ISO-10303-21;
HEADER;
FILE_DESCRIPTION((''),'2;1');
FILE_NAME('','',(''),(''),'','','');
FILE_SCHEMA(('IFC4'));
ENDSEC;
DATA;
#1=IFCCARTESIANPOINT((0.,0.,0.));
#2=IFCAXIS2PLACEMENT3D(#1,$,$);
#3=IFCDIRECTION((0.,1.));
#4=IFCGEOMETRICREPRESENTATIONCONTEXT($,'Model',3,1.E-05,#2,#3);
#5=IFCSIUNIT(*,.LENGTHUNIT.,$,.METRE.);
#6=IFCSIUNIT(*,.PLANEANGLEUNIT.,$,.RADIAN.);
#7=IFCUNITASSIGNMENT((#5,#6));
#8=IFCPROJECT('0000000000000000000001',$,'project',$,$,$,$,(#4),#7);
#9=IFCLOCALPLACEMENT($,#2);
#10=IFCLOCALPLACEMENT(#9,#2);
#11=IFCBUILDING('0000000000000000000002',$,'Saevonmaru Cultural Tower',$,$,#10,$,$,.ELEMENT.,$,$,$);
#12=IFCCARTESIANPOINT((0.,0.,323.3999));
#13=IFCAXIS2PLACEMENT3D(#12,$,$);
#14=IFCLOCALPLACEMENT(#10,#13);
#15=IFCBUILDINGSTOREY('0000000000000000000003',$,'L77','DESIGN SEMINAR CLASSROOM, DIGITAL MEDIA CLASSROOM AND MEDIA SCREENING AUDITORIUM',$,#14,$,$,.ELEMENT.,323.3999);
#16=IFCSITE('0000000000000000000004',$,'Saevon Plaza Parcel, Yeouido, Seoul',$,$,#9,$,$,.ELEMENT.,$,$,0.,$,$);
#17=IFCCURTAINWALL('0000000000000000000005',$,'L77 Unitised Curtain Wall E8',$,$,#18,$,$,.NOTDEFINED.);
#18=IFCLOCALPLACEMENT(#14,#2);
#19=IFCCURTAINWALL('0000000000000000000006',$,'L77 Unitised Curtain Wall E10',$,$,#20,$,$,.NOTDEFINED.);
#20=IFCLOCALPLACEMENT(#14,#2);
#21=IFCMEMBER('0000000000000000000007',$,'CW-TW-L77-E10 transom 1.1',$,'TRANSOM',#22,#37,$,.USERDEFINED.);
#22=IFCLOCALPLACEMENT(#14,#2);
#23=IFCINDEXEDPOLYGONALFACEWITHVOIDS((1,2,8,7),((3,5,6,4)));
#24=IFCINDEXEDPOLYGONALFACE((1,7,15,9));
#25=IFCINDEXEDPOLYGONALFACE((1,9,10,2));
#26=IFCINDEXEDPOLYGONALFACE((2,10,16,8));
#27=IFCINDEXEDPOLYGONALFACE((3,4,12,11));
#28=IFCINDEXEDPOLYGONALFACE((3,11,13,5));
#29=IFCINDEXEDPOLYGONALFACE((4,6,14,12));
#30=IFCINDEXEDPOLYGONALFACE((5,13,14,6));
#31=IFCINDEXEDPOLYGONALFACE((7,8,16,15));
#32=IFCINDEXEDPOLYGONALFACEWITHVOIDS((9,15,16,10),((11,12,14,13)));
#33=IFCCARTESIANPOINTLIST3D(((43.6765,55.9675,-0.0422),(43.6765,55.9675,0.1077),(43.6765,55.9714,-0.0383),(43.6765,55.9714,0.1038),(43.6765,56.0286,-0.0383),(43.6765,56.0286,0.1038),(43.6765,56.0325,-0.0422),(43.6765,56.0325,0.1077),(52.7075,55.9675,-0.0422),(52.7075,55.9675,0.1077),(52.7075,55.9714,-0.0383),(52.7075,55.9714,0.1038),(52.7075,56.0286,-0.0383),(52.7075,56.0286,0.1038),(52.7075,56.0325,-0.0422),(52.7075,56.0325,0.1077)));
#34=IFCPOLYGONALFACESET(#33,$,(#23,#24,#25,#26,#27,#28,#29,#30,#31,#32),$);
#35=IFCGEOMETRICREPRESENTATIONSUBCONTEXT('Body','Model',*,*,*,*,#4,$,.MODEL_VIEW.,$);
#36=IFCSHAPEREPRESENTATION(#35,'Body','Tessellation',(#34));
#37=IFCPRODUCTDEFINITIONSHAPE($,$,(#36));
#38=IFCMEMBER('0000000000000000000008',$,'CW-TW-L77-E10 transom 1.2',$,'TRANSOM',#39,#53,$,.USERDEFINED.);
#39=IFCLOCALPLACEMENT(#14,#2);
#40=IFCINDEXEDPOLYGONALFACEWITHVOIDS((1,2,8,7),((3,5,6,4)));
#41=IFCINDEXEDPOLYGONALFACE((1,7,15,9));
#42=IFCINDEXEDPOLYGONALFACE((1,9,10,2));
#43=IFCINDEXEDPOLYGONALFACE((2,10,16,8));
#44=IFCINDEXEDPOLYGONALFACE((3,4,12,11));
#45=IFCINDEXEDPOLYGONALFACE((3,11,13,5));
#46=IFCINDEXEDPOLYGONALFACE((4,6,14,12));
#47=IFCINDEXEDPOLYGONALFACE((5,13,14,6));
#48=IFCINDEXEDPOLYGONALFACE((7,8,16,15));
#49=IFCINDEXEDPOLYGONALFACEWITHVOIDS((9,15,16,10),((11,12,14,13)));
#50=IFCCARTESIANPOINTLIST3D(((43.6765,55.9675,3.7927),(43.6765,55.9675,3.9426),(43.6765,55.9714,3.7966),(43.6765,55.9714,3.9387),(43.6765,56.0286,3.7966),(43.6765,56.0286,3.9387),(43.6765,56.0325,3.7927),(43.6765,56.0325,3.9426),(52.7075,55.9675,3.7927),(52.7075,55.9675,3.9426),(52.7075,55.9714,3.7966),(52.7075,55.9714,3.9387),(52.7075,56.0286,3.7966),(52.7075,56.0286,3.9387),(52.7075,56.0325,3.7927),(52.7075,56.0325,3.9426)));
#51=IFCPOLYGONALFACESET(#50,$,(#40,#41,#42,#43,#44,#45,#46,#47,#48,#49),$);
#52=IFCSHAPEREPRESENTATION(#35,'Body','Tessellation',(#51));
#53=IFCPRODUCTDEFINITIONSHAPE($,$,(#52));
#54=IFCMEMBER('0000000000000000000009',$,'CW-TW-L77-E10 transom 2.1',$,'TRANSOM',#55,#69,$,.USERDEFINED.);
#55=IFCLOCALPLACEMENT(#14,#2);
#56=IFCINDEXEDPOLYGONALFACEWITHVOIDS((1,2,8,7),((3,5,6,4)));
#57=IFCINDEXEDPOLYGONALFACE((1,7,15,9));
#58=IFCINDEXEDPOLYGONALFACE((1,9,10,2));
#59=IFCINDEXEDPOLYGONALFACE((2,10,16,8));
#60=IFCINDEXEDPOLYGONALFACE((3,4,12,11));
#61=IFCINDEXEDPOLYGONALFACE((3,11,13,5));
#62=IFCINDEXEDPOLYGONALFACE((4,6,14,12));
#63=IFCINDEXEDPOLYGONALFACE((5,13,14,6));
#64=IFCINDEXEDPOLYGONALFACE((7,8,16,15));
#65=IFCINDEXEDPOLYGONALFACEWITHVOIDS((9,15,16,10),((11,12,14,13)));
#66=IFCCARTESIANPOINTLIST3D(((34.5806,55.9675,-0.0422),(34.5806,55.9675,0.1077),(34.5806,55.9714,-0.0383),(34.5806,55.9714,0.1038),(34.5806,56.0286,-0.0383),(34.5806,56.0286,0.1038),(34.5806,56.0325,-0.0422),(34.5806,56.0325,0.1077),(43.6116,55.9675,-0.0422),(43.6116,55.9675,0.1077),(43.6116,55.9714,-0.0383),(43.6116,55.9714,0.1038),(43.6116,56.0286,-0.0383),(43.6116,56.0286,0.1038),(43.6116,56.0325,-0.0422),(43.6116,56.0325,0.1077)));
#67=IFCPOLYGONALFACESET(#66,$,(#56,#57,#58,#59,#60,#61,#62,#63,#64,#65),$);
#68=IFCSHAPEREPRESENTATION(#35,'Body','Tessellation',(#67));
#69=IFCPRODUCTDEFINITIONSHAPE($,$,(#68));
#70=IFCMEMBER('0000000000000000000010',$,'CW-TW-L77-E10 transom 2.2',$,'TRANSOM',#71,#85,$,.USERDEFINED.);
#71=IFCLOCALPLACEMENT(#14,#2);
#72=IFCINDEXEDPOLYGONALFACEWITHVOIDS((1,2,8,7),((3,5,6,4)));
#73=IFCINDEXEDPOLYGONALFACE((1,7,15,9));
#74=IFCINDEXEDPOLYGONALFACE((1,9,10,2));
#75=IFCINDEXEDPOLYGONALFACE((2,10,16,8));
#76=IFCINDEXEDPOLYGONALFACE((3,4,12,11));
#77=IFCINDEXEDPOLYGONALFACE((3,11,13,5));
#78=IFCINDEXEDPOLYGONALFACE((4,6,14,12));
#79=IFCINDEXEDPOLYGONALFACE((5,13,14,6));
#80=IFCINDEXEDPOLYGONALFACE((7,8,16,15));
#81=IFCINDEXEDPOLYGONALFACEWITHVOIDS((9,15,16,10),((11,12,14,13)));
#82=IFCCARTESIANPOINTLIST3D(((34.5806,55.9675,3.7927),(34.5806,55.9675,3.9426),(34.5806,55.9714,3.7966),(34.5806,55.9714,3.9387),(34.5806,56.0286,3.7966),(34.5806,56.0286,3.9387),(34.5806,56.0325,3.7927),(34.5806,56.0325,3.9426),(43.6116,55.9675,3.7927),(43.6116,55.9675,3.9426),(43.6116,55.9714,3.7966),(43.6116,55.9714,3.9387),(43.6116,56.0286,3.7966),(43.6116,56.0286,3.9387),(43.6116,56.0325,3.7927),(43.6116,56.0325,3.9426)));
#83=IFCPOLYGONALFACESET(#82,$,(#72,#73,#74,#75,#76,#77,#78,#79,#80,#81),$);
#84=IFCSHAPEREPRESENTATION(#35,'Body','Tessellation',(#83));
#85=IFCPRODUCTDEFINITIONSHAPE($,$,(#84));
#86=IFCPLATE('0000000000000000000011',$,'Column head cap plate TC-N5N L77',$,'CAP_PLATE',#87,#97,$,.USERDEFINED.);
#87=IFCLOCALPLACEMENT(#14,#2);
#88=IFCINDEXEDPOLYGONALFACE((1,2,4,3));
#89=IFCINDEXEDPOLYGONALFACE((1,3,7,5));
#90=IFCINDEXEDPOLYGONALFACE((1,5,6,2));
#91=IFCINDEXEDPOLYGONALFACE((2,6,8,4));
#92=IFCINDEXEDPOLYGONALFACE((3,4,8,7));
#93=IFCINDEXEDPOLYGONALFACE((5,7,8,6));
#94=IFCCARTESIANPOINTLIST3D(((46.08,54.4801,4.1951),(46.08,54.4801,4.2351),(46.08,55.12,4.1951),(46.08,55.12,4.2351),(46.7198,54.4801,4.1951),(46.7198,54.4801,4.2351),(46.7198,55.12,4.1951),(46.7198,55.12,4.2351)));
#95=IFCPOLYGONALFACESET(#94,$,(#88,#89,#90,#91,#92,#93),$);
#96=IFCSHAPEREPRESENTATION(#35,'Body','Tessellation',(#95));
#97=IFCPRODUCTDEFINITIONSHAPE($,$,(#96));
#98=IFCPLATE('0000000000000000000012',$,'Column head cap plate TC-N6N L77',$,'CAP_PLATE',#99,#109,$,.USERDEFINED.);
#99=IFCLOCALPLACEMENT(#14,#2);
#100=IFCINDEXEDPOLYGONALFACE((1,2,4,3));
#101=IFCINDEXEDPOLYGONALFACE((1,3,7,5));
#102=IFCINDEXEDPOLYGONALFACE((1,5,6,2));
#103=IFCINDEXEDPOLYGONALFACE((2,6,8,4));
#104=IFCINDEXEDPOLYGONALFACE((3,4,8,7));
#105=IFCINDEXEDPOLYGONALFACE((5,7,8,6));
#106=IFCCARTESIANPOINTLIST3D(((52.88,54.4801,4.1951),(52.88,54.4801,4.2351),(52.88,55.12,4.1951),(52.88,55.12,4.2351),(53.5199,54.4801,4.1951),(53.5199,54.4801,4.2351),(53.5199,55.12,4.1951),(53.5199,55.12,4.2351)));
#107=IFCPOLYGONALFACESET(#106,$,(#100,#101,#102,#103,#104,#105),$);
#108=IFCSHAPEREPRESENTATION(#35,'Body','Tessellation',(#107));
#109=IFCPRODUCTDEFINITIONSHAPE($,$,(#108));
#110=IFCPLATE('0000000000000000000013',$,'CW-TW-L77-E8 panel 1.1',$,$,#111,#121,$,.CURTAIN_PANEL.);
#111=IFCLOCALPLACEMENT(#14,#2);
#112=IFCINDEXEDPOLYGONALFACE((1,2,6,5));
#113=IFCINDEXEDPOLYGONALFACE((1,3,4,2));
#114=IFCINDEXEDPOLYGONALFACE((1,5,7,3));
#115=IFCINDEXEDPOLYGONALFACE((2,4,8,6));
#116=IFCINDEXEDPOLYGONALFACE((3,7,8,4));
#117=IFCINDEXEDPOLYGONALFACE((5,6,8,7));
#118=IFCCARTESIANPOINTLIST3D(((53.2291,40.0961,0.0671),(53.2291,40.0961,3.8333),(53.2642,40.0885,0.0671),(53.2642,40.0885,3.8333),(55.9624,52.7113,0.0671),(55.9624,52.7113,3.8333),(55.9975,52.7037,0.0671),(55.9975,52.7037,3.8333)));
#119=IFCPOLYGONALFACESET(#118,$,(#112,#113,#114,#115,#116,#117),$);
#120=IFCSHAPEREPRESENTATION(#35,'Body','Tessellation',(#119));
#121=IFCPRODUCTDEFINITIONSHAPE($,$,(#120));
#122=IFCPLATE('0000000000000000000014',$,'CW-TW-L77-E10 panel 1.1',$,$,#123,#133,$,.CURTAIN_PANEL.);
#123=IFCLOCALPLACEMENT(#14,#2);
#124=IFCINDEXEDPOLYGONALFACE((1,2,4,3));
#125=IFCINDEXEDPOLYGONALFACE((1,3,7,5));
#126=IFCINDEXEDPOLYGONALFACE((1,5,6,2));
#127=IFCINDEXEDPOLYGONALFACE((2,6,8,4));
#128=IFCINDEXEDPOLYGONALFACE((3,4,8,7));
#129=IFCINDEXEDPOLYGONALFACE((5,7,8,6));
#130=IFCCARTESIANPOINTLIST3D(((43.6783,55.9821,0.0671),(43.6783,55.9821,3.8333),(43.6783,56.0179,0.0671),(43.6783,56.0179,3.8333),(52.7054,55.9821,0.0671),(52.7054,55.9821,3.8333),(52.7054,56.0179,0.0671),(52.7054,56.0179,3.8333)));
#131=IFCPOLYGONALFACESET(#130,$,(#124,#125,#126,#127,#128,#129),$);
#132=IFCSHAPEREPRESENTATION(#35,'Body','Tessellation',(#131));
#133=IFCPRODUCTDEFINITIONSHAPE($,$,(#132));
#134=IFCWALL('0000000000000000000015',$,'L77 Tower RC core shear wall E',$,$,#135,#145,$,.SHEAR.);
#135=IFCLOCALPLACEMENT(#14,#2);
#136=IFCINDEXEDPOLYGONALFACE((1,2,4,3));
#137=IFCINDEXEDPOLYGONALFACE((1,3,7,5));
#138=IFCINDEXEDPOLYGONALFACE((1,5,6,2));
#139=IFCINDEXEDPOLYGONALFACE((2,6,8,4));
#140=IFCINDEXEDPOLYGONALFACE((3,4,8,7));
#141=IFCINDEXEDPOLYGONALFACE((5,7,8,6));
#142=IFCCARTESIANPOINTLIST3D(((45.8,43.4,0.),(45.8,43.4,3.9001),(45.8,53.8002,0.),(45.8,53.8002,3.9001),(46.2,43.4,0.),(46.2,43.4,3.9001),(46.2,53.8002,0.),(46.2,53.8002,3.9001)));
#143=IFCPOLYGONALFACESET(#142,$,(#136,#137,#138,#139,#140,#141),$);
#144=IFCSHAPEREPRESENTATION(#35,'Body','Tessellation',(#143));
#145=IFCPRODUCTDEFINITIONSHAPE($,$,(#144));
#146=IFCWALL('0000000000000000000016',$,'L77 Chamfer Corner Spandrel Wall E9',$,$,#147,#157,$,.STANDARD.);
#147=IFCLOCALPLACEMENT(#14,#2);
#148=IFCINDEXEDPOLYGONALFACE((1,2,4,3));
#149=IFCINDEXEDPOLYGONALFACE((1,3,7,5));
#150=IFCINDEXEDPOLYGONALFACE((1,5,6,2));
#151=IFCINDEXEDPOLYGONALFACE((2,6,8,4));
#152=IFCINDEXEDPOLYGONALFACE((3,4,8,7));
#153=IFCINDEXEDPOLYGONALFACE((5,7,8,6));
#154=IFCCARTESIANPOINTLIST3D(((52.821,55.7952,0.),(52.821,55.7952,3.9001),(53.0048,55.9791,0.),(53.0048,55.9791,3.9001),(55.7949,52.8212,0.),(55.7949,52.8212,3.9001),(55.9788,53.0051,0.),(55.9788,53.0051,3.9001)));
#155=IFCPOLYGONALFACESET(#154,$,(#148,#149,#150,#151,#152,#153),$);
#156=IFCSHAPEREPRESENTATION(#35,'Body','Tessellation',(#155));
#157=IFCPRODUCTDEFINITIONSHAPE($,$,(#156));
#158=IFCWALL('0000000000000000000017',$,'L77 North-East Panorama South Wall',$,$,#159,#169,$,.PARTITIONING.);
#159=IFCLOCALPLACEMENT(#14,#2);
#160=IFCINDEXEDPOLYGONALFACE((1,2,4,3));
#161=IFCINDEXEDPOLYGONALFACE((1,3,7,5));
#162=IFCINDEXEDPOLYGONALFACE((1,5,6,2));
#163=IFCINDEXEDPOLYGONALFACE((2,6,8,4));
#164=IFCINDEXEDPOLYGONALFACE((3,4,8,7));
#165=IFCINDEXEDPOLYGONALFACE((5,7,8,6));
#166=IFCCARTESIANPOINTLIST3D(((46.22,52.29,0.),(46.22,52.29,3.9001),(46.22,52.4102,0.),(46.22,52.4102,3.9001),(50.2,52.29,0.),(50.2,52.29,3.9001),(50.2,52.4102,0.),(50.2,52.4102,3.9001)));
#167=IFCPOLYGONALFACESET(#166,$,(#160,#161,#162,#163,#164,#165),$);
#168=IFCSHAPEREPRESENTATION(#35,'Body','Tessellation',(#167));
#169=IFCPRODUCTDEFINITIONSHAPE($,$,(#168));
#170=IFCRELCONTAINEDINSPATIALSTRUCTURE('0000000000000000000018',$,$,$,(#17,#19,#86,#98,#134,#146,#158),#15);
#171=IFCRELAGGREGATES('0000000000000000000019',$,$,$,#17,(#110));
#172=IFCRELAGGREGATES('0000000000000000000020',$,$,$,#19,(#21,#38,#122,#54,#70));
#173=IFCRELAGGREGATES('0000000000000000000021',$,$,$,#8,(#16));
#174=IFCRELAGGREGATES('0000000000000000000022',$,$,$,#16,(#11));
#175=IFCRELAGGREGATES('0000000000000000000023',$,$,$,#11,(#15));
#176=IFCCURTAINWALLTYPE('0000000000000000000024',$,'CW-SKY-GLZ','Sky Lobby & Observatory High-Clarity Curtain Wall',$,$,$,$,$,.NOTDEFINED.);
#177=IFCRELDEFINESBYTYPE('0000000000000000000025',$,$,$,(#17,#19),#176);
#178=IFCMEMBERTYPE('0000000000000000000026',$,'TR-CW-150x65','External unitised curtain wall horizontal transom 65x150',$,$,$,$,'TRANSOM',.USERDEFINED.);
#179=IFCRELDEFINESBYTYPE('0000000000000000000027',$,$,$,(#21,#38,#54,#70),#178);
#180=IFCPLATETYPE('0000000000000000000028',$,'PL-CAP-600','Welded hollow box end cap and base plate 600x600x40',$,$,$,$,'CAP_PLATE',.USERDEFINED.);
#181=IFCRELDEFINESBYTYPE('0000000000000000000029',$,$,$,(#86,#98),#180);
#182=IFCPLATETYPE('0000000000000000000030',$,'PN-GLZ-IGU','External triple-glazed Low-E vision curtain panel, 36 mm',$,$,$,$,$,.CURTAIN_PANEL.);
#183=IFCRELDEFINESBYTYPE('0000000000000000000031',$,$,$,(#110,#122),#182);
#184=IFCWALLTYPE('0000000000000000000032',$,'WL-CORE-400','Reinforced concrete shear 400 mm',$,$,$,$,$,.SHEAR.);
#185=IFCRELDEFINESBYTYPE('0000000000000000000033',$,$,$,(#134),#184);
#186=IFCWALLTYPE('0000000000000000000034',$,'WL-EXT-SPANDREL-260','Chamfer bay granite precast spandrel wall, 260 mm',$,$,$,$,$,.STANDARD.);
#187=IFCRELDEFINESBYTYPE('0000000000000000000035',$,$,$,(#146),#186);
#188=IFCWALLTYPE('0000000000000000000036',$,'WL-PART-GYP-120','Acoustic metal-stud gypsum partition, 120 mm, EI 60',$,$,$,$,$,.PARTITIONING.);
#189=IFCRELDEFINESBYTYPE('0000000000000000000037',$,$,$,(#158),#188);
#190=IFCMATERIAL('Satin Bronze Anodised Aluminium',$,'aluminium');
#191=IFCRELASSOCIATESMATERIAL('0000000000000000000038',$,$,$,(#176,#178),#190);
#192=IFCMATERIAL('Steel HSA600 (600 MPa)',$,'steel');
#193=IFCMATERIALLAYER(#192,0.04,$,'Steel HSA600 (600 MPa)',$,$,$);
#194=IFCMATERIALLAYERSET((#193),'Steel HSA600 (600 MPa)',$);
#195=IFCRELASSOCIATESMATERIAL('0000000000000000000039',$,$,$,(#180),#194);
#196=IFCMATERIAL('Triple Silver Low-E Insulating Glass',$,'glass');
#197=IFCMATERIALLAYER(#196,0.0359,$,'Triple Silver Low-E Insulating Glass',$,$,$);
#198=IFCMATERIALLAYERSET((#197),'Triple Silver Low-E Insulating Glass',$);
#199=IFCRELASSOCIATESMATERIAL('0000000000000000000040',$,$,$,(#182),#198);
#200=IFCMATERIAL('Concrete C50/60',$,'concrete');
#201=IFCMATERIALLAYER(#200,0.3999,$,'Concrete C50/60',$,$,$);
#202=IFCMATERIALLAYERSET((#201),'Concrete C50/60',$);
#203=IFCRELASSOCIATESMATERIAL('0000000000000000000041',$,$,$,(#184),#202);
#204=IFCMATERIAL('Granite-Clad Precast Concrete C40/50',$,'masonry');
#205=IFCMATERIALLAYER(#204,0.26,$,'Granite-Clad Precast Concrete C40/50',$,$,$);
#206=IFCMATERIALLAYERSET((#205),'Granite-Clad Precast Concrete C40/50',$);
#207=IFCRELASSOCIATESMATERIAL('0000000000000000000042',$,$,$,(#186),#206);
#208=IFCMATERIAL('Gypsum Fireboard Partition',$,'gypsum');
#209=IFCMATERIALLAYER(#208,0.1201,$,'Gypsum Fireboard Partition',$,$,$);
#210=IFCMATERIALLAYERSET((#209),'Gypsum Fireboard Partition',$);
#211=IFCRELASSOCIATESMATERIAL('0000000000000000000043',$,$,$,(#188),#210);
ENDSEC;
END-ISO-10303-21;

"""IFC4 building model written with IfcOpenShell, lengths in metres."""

from ifc_helpers import new_model, si_unit, direction, frame, frame_2d, origin, origin_2d, place, context, subcontext, project, spatial, rectangle, hollow_rectangle, extrude, material, layer, layer_set, material_profile, profile_set, type_object, element, aggregate, save


model = new_model("IFC4")

# Units and contexts
model_context = context("Model", 3, precision=1e-05, world=origin(), true_north=direction((0.0, 1.0)))
body_context = subcontext(model_context, "Body", "Model", "MODEL_VIEW")
ifc_project = project(units=[si_unit("LENGTHUNIT", "METRE"), si_unit("PLANEANGLEUNIT", "RADIAN")], contexts=[model_context])

# Site, building, storey
site_placement = place(None, origin())
site = spatial("IfcSite", under=ifc_project, at=site_placement, Name="Saevon Plaza Parcel, Yeouido, Seoul", CompositionType="ELEMENT", RefElevation=0.0)
building_placement = place(site_placement, origin())
building = spatial("IfcBuilding", under=site, at=building_placement, Name="Saevonmaru Cultural Tower", CompositionType="ELEMENT")
storey_placement = place(building_placement, frame((0.0, 0.0, 323.3999)))
storey = spatial("IfcBuildingStorey", under=building, at=storey_placement, Name="L77", Description="DESIGN SEMINAR CLASSROOM, DIGITAL MEDIA CLASSROOM AND MEDIA SCREENING AUDITORIUM", CompositionType="ELEMENT", Elevation=323.3999)

# Curtain wall
ifc_material_1 = material(Name="Satin Bronze Anodised Aluminium", Category="aluminium")
curtain_wall_type = type_object("IfcCurtainWallType", Name="CW-SKY-GLZ", Description="Sky Lobby & Observatory High-Clarity Curtain Wall", PredefinedType="NOTDEFINED", material=ifc_material_1)
curtain_wall_1_placement = place(storey_placement, origin())
curtain_wall_1 = element("IfcCurtainWall", 1, at=curtain_wall_1_placement, inside=storey, type_object=curtain_wall_type, Name="L77 Unitised Curtain Wall E8", PredefinedType="NOTDEFINED")

# Curtain wall, members
curtain_wall_2_placement = place(storey_placement, origin())
curtain_wall_2 = element("IfcCurtainWall", 2, at=curtain_wall_2_placement, inside=storey, type_object=curtain_wall_type, Name="L77 Unitised Curtain Wall E10", PredefinedType="NOTDEFINED")
ifc_material_profile_1 = material_profile(ifc_material_1, hollow_rectangle(XDim=0.0649, YDim=0.1499, WallThickness=0.0039, at=origin_2d()), Name="ALU-TRAN-150x65x4")
ifc_profile_set_1 = profile_set([ifc_material_profile_1], Name="Satin Bronze Anodised Aluminium")
member_type_1 = type_object("IfcMemberType", Name="TR-CW-150x65", Description="External unitised curtain wall horizontal transom 65x150", ElementType="TRANSOM", PredefinedType="USERDEFINED", material=ifc_profile_set_1)
member_1_placement = place(storey_placement, frame((52.7075, 56.0, 0.0327), z_axis=(-1.0, 0.0, 0.0), x_axis=(0.0, -1.0, 0.0)))
member_1 = element("IfcMember", 3, at=member_1_placement, type_object=member_type_1, Name="CW-TW-L77-E10 transom 1.1", ObjectType="TRANSOM", PredefinedType="USERDEFINED", context=body_context, shape_type="SweptSolid", body=[
    extrude(hollow_rectangle(XDim=0.0649, YDim=0.1499, WallThickness=0.0039, at=origin_2d()), origin(), (0.0, 0.0, 1.0), 9.031),
])
member_2_placement = place(storey_placement, frame((52.7075, 56.0, 3.8677), z_axis=(-1.0, 0.0, 0.0), x_axis=(0.0, -1.0, 0.0)))
member_2 = element("IfcMember", 4, at=member_2_placement, type_object=member_type_1, Name="CW-TW-L77-E10 transom 1.2", ObjectType="TRANSOM", PredefinedType="USERDEFINED", context=body_context, shape_type="SweptSolid", body=[
    extrude(hollow_rectangle(XDim=0.0649, YDim=0.1499, WallThickness=0.0039, at=origin_2d()), origin(), (0.0, 0.0, 1.0), 9.031),
])
member_3_placement = place(storey_placement, frame((43.6116, 56.0, 0.0327), z_axis=(-1.0, 0.0, 0.0), x_axis=(0.0, -1.0, 0.0)))
member_3 = element("IfcMember", 5, at=member_3_placement, type_object=member_type_1, Name="CW-TW-L77-E10 transom 2.1", ObjectType="TRANSOM", PredefinedType="USERDEFINED", context=body_context, shape_type="SweptSolid", body=[
    extrude(hollow_rectangle(XDim=0.0649, YDim=0.1499, WallThickness=0.0039, at=origin_2d()), origin(), (0.0, 0.0, 1.0), 9.031),
])
member_4_placement = place(storey_placement, frame((43.6116, 56.0, 3.8677), z_axis=(-1.0, 0.0, 0.0), x_axis=(0.0, -1.0, 0.0)))
member_4 = element("IfcMember", 6, at=member_4_placement, type_object=member_type_1, Name="CW-TW-L77-E10 transom 2.2", ObjectType="TRANSOM", PredefinedType="USERDEFINED", context=body_context, shape_type="SweptSolid", body=[
    extrude(hollow_rectangle(XDim=0.0649, YDim=0.1499, WallThickness=0.0039, at=origin_2d()), origin(), (0.0, 0.0, 1.0), 9.031),
])

# Plates
ifc_material_2 = material(Name="Steel HSA600 (600 MPa)", Category="steel")
ifc_layer_1 = layer(ifc_material_2, 0.04, Name="Steel HSA600 (600 MPa)")
ifc_layer_set_1 = layer_set([ifc_layer_1], Name="Steel HSA600 (600 MPa)")
plate_type_1 = type_object("IfcPlateType", Name="PL-CAP-600", Description="Welded hollow box end cap and base plate 600x600x40", ElementType="CAP_PLATE", PredefinedType="USERDEFINED", material=ifc_layer_set_1)
for number, where, z_axis, x_axis, name in (
    (7, (46.3999, 54.8, 4.1951), (0.0, 0.0, 1.0), (1.0, 0.0, 0.0), "Column head cap plate TC-N5N L77"),
    (8, (53.2, 54.8, 4.1951), (0.0, 0.0, 1.0), (1.0, 0.0, 0.0), "Column head cap plate TC-N6N L77"),
):
    element("IfcPlate", number, at=place(storey_placement, frame(where, z_axis=z_axis, x_axis=x_axis)), inside=storey, type_object=plate_type_1, Name=name, ObjectType="CAP_PLATE", PredefinedType="USERDEFINED", context=body_context, shape_type="SweptSolid", body=[
        extrude(rectangle(XDim=0.6399, YDim=0.6399, at=origin_2d()), origin(), (0.0, 0.0, 1.0), 0.04),
    ])

# Plates
ifc_material_3 = material(Name="Triple Silver Low-E Insulating Glass", Category="glass")
ifc_layer_2 = layer(ifc_material_3, 0.0359, Name="Triple Silver Low-E Insulating Glass")
ifc_layer_set_2 = layer_set([ifc_layer_2], Name="Triple Silver Low-E Insulating Glass")
plate_type_2 = type_object("IfcPlateType", Name="PN-GLZ-IGU", Description="External triple-glazed Low-E vision curtain panel, 36 mm", PredefinedType="CURTAIN_PANEL", material=ifc_layer_set_2)
plate_1_placement = place(storey_placement, frame((54.6133, 46.3999, 0.0671), z_axis=(0.0, 0.0, 1.0), x_axis=(0.21175, 0.977324, 0.0)))
plate_1 = element("IfcPlate", 9, at=plate_1_placement, type_object=plate_type_2, Name="CW-TW-L77-E8 panel 1.1", PredefinedType="CURTAIN_PANEL", context=body_context, shape_type="SweptSolid", body=[
    extrude(rectangle(XDim=12.908, YDim=0.0359, at=origin_2d()), origin(), (0.0, 0.0, 1.0), 3.7661),
])
aggregate(curtain_wall_1, [plate_1])
plate_2_placement = place(storey_placement, frame((48.1919, 56.0, 0.0671), z_axis=(0.0, 0.0, 1.0), x_axis=(-1.0, 0.0, 0.0)))
plate_2 = element("IfcPlate", 10, at=plate_2_placement, type_object=plate_type_2, Name="CW-TW-L77-E10 panel 1.1", PredefinedType="CURTAIN_PANEL", context=body_context, shape_type="SweptSolid", body=[
    extrude(rectangle(XDim=9.0271, YDim=0.0359, at=origin_2d()), origin(), (0.0, 0.0, 1.0), 3.7661),
])
aggregate(curtain_wall_2, [member_1, member_2, plate_2, member_3, member_4])

# Walls
ifc_material_4 = material(Name="Concrete C50/60", Category="concrete")
ifc_layer_3 = layer(ifc_material_4, 0.3999, Name="Concrete C50/60")
ifc_layer_set_3 = layer_set([ifc_layer_3], Name="Concrete C50/60")
wall_type_1 = type_object("IfcWallType", Name="WL-CORE-400", Description="Reinforced concrete shear 400 mm", PredefinedType="SHEAR", material=ifc_layer_set_3)
wall_1_placement = place(storey_placement, frame((46.0, 43.3999, 0.0), z_axis=(0.0, 0.0, 1.0), x_axis=(0.0, 1.0, 0.0)))
element("IfcWall", 11, at=wall_1_placement, inside=storey, type_object=wall_type_1, Name="L77 Tower RC core shear wall E", PredefinedType="SHEAR", context=body_context, shape_type="SweptSolid", body=[
    extrude(rectangle(XDim=10.4001, YDim=0.3999, at=frame_2d((5.2002, 0.0))), origin(), (0.0, 0.0, 1.0), 3.9001),
])
ifc_material_5 = material(Name="Granite-Clad Precast Concrete C40/50", Category="masonry")
ifc_layer_4 = layer(ifc_material_5, 0.26, Name="Granite-Clad Precast Concrete C40/50")
ifc_layer_set_4 = layer_set([ifc_layer_4], Name="Granite-Clad Precast Concrete C40/50")
wall_type_2 = type_object("IfcWallType", Name="WL-EXT-SPANDREL-260", Description="Chamfer bay granite precast spandrel wall, 260 mm", PredefinedType="STANDARD", material=ifc_layer_set_4)
wall_2_placement = place(storey_placement, frame((55.887, 52.9131, 0.0), z_axis=(0.0, 0.0, 1.0), x_axis=(-0.707107, 0.707107, 0.0)))
element("IfcWall", 12, at=wall_2_placement, inside=storey, type_object=wall_type_2, Name="L77 Chamfer Corner Spandrel Wall E9", PredefinedType="STANDARD", context=body_context, shape_type="SweptSolid", body=[
    extrude(rectangle(XDim=4.2058, YDim=0.26, at=frame_2d((2.103, 0.0))), origin(), (0.0, 0.0, 1.0), 3.9001),
])
ifc_material_6 = material(Name="Gypsum Fireboard Partition", Category="gypsum")
ifc_layer_5 = layer(ifc_material_6, 0.1201, Name="Gypsum Fireboard Partition")
ifc_layer_set_5 = layer_set([ifc_layer_5], Name="Gypsum Fireboard Partition")
wall_type_3 = type_object("IfcWallType", Name="WL-PART-GYP-120", Description="Acoustic metal-stud gypsum partition, 120 mm, EI 60", PredefinedType="PARTITIONING", material=ifc_layer_set_5)
wall_3_placement = place(storey_placement, frame((46.22, 52.3501, 0.0), z_axis=(0.0, 0.0, 1.0), x_axis=(1.0, 0.0, 0.0)))
element("IfcWall", 13, at=wall_3_placement, inside=storey, type_object=wall_type_3, Name="L77 North-East Panorama South Wall", PredefinedType="PARTITIONING", context=body_context, shape_type="SweptSolid", body=[
    extrude(rectangle(XDim=3.98, YDim=0.1201, at=frame_2d((1.99, 0.0))), origin(), (0.0, 0.0, 1.0), 3.9001),
])

save(model, "model.ifc")
